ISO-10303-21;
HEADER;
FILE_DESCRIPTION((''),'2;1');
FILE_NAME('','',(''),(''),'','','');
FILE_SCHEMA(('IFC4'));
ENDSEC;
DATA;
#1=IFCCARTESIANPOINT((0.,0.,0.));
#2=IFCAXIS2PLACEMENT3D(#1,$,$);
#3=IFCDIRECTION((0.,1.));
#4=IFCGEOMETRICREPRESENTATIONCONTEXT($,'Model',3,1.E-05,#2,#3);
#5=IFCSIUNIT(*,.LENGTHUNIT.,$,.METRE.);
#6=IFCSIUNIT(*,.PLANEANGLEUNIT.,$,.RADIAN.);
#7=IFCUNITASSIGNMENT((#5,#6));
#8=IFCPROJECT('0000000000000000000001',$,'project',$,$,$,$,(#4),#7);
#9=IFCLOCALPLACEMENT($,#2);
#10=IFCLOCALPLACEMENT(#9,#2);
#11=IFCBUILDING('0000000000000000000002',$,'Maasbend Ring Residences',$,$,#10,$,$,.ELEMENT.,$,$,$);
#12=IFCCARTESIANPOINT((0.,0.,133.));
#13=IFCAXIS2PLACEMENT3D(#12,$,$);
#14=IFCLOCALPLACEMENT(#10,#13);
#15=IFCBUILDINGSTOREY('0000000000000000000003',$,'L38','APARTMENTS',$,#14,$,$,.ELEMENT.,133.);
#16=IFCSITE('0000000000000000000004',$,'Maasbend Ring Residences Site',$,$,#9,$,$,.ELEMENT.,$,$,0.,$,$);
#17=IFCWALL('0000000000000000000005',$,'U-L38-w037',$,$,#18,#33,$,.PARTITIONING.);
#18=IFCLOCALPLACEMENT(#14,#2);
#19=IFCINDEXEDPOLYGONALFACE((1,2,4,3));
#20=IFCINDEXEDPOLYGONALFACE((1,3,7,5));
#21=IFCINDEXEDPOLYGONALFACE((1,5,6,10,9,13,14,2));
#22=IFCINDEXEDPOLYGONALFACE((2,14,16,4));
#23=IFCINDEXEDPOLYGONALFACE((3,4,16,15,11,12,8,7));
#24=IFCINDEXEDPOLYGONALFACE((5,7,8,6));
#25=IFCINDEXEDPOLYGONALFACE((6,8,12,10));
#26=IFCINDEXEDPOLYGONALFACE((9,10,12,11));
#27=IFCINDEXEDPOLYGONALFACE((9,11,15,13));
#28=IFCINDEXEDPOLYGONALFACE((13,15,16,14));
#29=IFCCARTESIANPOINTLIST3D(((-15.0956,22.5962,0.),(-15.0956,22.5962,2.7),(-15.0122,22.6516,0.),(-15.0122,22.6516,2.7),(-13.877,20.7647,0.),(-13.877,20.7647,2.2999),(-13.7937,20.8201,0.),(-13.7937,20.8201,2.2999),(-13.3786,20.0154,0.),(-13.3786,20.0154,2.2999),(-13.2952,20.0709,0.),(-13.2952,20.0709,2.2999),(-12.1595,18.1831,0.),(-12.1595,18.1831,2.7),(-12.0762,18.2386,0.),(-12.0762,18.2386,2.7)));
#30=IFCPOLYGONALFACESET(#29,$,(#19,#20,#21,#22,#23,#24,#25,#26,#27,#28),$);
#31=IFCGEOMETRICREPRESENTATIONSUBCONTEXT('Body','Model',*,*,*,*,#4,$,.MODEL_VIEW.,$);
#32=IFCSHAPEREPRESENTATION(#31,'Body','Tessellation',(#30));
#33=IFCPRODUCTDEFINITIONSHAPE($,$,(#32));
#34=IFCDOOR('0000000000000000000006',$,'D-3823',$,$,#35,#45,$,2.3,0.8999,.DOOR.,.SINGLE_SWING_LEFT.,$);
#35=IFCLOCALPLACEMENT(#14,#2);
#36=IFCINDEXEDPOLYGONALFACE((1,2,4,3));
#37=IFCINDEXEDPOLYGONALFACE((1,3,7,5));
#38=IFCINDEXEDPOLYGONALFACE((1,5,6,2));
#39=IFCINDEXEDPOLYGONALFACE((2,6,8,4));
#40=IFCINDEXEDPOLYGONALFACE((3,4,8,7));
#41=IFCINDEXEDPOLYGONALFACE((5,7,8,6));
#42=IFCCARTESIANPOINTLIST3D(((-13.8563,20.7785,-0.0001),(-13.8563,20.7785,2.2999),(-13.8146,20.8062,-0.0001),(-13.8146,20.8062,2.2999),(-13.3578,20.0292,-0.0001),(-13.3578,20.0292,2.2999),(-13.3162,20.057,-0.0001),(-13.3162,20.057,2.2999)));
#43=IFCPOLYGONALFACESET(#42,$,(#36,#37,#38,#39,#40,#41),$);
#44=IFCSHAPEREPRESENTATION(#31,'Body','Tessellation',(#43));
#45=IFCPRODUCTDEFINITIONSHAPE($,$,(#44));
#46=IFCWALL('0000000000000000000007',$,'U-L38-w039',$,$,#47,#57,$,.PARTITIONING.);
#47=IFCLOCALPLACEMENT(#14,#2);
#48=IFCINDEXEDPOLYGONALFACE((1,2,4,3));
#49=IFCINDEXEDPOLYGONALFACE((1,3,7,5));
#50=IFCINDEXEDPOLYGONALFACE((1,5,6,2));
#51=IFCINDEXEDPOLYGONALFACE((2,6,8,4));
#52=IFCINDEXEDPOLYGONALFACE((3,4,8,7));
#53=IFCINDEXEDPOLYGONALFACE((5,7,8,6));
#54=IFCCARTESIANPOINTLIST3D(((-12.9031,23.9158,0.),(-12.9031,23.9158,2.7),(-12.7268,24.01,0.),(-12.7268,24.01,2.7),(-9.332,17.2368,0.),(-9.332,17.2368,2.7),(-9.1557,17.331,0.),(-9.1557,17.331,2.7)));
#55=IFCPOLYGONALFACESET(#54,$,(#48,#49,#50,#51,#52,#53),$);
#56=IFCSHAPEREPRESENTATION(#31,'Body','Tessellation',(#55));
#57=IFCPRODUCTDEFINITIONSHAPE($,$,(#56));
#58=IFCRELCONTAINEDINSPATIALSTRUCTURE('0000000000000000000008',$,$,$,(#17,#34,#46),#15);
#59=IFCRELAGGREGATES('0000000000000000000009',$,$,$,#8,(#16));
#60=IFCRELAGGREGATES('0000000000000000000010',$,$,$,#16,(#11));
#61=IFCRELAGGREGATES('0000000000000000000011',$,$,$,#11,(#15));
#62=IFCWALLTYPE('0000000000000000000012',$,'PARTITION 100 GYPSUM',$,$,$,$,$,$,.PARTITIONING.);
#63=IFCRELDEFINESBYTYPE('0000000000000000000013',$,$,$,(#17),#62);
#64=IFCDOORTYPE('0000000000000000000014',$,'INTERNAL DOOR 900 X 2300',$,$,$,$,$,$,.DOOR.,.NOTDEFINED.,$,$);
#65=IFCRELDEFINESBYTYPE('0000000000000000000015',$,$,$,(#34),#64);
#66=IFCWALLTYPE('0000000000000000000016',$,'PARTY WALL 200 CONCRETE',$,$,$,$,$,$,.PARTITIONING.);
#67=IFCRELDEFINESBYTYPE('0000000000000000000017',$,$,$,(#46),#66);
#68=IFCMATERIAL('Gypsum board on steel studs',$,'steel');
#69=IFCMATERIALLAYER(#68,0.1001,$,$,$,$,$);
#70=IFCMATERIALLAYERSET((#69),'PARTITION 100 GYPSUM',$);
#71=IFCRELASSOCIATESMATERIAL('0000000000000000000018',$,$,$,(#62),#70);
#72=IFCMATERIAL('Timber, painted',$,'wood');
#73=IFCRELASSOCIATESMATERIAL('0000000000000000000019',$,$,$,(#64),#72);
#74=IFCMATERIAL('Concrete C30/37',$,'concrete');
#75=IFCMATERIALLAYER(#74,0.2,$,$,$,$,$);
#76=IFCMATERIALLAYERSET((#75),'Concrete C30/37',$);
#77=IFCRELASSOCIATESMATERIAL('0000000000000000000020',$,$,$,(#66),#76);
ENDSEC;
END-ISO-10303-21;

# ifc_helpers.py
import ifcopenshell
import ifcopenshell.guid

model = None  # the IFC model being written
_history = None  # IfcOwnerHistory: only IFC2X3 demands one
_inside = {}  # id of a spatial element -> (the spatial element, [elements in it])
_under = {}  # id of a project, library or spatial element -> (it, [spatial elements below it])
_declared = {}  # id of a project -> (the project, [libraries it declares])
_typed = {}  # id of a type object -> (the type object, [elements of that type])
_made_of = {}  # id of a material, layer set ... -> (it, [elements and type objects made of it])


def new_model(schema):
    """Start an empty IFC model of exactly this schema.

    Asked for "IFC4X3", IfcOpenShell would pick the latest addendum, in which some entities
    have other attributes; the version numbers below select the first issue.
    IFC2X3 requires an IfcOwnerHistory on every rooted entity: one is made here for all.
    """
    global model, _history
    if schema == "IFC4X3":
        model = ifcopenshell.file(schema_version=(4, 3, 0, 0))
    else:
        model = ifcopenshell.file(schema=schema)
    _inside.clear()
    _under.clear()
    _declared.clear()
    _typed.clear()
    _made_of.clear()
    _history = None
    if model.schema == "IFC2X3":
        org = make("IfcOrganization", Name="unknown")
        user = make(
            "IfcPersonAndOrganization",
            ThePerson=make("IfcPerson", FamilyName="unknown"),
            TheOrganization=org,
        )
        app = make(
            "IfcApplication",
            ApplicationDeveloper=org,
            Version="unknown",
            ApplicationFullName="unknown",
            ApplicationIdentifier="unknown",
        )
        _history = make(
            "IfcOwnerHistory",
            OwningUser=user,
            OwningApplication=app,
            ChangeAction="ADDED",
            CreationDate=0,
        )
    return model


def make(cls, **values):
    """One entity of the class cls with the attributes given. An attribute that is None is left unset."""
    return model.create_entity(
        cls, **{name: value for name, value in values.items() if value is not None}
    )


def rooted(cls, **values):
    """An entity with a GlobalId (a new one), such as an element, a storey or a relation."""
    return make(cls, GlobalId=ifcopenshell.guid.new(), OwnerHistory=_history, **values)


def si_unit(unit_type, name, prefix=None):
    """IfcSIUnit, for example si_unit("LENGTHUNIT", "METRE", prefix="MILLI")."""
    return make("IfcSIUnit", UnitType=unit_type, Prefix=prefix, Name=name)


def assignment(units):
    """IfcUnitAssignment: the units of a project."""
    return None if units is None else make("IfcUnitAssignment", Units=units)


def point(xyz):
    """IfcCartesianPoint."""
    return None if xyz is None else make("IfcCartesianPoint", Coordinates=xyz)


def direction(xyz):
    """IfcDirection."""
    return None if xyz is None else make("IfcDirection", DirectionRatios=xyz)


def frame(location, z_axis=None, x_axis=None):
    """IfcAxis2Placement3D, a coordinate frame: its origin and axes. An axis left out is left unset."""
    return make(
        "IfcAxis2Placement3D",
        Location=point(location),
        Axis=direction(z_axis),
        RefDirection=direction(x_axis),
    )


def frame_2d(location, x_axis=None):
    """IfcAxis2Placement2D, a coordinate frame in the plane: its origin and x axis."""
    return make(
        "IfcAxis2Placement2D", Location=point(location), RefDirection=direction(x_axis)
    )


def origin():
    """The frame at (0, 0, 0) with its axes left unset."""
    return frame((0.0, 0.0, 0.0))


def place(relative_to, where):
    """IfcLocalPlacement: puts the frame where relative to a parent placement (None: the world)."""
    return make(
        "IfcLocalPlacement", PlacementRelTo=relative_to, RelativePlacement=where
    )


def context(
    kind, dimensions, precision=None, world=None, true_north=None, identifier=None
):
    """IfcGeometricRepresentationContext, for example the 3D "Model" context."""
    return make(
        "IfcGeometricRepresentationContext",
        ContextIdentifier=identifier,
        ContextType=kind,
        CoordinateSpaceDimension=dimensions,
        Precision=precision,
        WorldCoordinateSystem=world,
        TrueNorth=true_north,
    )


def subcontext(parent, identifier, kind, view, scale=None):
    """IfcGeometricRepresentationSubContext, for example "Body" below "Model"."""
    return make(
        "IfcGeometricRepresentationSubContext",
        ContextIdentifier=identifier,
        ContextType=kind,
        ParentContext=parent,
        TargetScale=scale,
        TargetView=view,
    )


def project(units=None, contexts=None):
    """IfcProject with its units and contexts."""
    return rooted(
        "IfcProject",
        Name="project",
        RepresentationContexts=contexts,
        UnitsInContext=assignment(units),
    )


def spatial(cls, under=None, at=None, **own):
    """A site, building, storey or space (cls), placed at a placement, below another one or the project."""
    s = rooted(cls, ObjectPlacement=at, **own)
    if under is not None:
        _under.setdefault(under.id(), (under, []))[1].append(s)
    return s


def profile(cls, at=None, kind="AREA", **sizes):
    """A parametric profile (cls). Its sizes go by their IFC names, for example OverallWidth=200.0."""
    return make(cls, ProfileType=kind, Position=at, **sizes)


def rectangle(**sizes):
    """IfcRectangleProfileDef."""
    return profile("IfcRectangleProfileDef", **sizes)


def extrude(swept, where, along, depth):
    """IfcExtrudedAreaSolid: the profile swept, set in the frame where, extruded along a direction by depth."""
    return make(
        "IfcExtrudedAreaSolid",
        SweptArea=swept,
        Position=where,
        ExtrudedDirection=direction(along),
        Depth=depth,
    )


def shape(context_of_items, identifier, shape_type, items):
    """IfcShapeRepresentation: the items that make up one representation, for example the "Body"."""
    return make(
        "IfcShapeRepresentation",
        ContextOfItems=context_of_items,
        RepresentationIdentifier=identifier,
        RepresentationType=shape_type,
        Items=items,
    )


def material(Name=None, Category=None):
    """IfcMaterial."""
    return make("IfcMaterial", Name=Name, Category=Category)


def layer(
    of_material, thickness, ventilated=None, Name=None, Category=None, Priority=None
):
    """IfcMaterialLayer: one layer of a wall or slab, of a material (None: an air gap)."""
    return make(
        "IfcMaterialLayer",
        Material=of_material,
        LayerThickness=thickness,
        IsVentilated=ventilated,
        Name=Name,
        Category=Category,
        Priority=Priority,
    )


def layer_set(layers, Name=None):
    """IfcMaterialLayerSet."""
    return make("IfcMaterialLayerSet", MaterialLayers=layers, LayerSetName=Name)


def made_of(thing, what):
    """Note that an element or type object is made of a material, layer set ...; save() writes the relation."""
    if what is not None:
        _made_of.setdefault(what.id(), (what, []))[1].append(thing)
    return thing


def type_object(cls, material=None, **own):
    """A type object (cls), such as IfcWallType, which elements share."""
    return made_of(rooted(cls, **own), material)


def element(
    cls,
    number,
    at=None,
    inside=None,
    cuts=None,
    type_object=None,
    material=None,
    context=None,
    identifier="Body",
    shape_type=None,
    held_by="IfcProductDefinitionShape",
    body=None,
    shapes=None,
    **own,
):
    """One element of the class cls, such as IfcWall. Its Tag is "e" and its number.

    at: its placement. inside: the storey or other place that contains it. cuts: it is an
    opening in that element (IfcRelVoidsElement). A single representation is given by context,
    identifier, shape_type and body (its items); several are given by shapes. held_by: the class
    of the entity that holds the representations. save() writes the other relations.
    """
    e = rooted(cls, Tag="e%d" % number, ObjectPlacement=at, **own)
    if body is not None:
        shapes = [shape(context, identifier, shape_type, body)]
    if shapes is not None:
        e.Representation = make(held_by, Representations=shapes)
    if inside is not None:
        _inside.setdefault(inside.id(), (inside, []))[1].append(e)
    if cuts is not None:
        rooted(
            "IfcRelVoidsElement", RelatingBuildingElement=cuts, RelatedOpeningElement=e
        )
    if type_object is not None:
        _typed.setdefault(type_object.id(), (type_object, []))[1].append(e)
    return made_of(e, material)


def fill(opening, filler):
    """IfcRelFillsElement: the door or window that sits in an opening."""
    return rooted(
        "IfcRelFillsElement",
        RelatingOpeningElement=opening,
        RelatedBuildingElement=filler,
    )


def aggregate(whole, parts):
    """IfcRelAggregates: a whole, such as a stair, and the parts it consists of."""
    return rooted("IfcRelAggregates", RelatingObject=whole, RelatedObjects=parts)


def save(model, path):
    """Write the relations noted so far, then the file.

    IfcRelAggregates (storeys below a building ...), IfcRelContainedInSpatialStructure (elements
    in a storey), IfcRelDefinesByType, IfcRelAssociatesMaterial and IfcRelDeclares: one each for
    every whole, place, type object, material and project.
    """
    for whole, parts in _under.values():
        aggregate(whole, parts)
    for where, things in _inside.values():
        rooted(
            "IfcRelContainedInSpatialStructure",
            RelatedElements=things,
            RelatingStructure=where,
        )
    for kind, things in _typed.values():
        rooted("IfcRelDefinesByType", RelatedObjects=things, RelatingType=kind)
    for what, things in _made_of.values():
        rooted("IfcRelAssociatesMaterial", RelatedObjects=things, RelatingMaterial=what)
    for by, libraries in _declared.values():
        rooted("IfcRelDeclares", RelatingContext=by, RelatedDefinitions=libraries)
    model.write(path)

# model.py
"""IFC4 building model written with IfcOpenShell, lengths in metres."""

from ifc_helpers import new_model, si_unit, direction, frame, frame_2d, origin, place, context, subcontext, project, spatial, rectangle, extrude, material, layer, layer_set, type_object, element, fill, save


model = new_model("IFC4")

# Units and contexts
model_context = context("Model", 3, precision=1e-05, world=origin(), true_north=direction((0.0, 1.0)))
body_context = subcontext(model_context, "Body", "Model", "MODEL_VIEW")
ifc_project = project(units=[si_unit("LENGTHUNIT", "METRE"), si_unit("PLANEANGLEUNIT", "RADIAN")], contexts=[model_context])

# Site, building, storey
site_placement = place(None, origin())
site = spatial("IfcSite", under=ifc_project, at=site_placement, Name="Maasbend Ring Residences Site", CompositionType="ELEMENT", RefElevation=0.0)
building_placement = place(site_placement, origin())
building = spatial("IfcBuilding", under=site, at=building_placement, Name="Maasbend Ring Residences", CompositionType="ELEMENT")
storey_placement = place(building_placement, frame((0.0, 0.0, 133.0)))
storey = spatial("IfcBuildingStorey", under=building, at=storey_placement, Name="L38", Description="APARTMENTS", CompositionType="ELEMENT", Elevation=133.0)

# Shared definitions
ifc_material_1 = material(Name="Gypsum board on steel studs", Category="steel")
ifc_layer_1 = layer(ifc_material_1, 0.1001)
ifc_layer_set_1 = layer_set([ifc_layer_1], Name="PARTITION 100 GYPSUM")
wall_type_1 = type_object("IfcWallType", Name="PARTITION 100 GYPSUM", PredefinedType="PARTITIONING", material=ifc_layer_set_1)
ifc_material_2 = material(Name="Timber, painted", Category="wood")
door_type_1 = type_object("IfcDoorType", Name="INTERNAL DOOR 900 X 2300", OperationType="NOTDEFINED", PredefinedType="DOOR", material=ifc_material_2)

# Wall, opening, door
wall_1_placement = place(storey_placement, frame((-15.054, 22.624, 0.0), z_axis=(0.0, 0.0, 1.0), x_axis=(0.553913, -0.832574, 0.0)))
wall_1 = element("IfcWall", 1, at=wall_1_placement, inside=storey, type_object=wall_type_1, Name="U-L38-w037", PredefinedType="PARTITIONING", context=body_context, shape_type="SweptSolid", body=[
    extrude(rectangle(XDim=5.3005, YDim=0.1001, at=frame_2d((2.6504, 0.0))), origin(), (0.0, 0.0, 1.0), 2.7),
])
opening_1_placement = place(wall_1_placement, frame((2.2, 0.0, 0.0)))
opening_1 = element("IfcOpeningElement", 2, at=opening_1_placement, cuts=wall_1, PredefinedType="OPENING", context=body_context, shape_type="SweptSolid", body=[
    extrude(rectangle(XDim=0.8999, YDim=2.3, at=frame_2d((0.45, 1.1499))), frame((0.0, 0.0601, 0.0), z_axis=(0.0, -1.0, 0.0), x_axis=(1.0, 0.0, 0.0)), (0.0, 0.0, 1.0), 0.1201),
])
door_1_placement = place(opening_1_placement, origin())
door_1 = element("IfcDoor", 3, at=door_1_placement, inside=storey, type_object=door_type_1, Name="D-3823", OperationType="SINGLE_SWING_LEFT", OverallHeight=2.3, OverallWidth=0.8999, PredefinedType="DOOR", context=body_context, shape_type="SweptSolid", body=[
    extrude(rectangle(XDim=0.8999, YDim=2.3, at=frame_2d((0.45, 1.1499))), frame((0.0, 0.0249, 0.0), z_axis=(0.0, -1.0, 0.0), x_axis=(1.0, 0.0, 0.0)), (0.0, 0.0, 1.0), 0.05),
])
fill(opening_1, door_1)

# Wall
ifc_material_3 = material(Name="Concrete C30/37", Category="concrete")
ifc_layer_2 = layer(ifc_material_3, 0.2)
ifc_layer_set_2 = layer_set([ifc_layer_2], Name="Concrete C30/37")
wall_type_2 = type_object("IfcWallType", Name="PARTY WALL 200 CONCRETE", PredefinedType="PARTITIONING", material=ifc_layer_set_2)
wall_2_placement = place(storey_placement, frame((-12.8149, 23.9629, 0.0), z_axis=(0.0, 0.0, 1.0), x_axis=(0.471507, -0.881863, 0.0)))
element("IfcWall", 4, at=wall_2_placement, inside=storey, type_object=wall_type_2, Name="U-L38-w039", PredefinedType="PARTITIONING", context=body_context, shape_type="SweptSolid", body=[
    extrude(rectangle(XDim=7.5737, YDim=0.2, at=frame_2d((3.7869, 0.0))), origin(), (0.0, 0.0, 1.0), 2.7),
])

save(model, "model.ifc")
